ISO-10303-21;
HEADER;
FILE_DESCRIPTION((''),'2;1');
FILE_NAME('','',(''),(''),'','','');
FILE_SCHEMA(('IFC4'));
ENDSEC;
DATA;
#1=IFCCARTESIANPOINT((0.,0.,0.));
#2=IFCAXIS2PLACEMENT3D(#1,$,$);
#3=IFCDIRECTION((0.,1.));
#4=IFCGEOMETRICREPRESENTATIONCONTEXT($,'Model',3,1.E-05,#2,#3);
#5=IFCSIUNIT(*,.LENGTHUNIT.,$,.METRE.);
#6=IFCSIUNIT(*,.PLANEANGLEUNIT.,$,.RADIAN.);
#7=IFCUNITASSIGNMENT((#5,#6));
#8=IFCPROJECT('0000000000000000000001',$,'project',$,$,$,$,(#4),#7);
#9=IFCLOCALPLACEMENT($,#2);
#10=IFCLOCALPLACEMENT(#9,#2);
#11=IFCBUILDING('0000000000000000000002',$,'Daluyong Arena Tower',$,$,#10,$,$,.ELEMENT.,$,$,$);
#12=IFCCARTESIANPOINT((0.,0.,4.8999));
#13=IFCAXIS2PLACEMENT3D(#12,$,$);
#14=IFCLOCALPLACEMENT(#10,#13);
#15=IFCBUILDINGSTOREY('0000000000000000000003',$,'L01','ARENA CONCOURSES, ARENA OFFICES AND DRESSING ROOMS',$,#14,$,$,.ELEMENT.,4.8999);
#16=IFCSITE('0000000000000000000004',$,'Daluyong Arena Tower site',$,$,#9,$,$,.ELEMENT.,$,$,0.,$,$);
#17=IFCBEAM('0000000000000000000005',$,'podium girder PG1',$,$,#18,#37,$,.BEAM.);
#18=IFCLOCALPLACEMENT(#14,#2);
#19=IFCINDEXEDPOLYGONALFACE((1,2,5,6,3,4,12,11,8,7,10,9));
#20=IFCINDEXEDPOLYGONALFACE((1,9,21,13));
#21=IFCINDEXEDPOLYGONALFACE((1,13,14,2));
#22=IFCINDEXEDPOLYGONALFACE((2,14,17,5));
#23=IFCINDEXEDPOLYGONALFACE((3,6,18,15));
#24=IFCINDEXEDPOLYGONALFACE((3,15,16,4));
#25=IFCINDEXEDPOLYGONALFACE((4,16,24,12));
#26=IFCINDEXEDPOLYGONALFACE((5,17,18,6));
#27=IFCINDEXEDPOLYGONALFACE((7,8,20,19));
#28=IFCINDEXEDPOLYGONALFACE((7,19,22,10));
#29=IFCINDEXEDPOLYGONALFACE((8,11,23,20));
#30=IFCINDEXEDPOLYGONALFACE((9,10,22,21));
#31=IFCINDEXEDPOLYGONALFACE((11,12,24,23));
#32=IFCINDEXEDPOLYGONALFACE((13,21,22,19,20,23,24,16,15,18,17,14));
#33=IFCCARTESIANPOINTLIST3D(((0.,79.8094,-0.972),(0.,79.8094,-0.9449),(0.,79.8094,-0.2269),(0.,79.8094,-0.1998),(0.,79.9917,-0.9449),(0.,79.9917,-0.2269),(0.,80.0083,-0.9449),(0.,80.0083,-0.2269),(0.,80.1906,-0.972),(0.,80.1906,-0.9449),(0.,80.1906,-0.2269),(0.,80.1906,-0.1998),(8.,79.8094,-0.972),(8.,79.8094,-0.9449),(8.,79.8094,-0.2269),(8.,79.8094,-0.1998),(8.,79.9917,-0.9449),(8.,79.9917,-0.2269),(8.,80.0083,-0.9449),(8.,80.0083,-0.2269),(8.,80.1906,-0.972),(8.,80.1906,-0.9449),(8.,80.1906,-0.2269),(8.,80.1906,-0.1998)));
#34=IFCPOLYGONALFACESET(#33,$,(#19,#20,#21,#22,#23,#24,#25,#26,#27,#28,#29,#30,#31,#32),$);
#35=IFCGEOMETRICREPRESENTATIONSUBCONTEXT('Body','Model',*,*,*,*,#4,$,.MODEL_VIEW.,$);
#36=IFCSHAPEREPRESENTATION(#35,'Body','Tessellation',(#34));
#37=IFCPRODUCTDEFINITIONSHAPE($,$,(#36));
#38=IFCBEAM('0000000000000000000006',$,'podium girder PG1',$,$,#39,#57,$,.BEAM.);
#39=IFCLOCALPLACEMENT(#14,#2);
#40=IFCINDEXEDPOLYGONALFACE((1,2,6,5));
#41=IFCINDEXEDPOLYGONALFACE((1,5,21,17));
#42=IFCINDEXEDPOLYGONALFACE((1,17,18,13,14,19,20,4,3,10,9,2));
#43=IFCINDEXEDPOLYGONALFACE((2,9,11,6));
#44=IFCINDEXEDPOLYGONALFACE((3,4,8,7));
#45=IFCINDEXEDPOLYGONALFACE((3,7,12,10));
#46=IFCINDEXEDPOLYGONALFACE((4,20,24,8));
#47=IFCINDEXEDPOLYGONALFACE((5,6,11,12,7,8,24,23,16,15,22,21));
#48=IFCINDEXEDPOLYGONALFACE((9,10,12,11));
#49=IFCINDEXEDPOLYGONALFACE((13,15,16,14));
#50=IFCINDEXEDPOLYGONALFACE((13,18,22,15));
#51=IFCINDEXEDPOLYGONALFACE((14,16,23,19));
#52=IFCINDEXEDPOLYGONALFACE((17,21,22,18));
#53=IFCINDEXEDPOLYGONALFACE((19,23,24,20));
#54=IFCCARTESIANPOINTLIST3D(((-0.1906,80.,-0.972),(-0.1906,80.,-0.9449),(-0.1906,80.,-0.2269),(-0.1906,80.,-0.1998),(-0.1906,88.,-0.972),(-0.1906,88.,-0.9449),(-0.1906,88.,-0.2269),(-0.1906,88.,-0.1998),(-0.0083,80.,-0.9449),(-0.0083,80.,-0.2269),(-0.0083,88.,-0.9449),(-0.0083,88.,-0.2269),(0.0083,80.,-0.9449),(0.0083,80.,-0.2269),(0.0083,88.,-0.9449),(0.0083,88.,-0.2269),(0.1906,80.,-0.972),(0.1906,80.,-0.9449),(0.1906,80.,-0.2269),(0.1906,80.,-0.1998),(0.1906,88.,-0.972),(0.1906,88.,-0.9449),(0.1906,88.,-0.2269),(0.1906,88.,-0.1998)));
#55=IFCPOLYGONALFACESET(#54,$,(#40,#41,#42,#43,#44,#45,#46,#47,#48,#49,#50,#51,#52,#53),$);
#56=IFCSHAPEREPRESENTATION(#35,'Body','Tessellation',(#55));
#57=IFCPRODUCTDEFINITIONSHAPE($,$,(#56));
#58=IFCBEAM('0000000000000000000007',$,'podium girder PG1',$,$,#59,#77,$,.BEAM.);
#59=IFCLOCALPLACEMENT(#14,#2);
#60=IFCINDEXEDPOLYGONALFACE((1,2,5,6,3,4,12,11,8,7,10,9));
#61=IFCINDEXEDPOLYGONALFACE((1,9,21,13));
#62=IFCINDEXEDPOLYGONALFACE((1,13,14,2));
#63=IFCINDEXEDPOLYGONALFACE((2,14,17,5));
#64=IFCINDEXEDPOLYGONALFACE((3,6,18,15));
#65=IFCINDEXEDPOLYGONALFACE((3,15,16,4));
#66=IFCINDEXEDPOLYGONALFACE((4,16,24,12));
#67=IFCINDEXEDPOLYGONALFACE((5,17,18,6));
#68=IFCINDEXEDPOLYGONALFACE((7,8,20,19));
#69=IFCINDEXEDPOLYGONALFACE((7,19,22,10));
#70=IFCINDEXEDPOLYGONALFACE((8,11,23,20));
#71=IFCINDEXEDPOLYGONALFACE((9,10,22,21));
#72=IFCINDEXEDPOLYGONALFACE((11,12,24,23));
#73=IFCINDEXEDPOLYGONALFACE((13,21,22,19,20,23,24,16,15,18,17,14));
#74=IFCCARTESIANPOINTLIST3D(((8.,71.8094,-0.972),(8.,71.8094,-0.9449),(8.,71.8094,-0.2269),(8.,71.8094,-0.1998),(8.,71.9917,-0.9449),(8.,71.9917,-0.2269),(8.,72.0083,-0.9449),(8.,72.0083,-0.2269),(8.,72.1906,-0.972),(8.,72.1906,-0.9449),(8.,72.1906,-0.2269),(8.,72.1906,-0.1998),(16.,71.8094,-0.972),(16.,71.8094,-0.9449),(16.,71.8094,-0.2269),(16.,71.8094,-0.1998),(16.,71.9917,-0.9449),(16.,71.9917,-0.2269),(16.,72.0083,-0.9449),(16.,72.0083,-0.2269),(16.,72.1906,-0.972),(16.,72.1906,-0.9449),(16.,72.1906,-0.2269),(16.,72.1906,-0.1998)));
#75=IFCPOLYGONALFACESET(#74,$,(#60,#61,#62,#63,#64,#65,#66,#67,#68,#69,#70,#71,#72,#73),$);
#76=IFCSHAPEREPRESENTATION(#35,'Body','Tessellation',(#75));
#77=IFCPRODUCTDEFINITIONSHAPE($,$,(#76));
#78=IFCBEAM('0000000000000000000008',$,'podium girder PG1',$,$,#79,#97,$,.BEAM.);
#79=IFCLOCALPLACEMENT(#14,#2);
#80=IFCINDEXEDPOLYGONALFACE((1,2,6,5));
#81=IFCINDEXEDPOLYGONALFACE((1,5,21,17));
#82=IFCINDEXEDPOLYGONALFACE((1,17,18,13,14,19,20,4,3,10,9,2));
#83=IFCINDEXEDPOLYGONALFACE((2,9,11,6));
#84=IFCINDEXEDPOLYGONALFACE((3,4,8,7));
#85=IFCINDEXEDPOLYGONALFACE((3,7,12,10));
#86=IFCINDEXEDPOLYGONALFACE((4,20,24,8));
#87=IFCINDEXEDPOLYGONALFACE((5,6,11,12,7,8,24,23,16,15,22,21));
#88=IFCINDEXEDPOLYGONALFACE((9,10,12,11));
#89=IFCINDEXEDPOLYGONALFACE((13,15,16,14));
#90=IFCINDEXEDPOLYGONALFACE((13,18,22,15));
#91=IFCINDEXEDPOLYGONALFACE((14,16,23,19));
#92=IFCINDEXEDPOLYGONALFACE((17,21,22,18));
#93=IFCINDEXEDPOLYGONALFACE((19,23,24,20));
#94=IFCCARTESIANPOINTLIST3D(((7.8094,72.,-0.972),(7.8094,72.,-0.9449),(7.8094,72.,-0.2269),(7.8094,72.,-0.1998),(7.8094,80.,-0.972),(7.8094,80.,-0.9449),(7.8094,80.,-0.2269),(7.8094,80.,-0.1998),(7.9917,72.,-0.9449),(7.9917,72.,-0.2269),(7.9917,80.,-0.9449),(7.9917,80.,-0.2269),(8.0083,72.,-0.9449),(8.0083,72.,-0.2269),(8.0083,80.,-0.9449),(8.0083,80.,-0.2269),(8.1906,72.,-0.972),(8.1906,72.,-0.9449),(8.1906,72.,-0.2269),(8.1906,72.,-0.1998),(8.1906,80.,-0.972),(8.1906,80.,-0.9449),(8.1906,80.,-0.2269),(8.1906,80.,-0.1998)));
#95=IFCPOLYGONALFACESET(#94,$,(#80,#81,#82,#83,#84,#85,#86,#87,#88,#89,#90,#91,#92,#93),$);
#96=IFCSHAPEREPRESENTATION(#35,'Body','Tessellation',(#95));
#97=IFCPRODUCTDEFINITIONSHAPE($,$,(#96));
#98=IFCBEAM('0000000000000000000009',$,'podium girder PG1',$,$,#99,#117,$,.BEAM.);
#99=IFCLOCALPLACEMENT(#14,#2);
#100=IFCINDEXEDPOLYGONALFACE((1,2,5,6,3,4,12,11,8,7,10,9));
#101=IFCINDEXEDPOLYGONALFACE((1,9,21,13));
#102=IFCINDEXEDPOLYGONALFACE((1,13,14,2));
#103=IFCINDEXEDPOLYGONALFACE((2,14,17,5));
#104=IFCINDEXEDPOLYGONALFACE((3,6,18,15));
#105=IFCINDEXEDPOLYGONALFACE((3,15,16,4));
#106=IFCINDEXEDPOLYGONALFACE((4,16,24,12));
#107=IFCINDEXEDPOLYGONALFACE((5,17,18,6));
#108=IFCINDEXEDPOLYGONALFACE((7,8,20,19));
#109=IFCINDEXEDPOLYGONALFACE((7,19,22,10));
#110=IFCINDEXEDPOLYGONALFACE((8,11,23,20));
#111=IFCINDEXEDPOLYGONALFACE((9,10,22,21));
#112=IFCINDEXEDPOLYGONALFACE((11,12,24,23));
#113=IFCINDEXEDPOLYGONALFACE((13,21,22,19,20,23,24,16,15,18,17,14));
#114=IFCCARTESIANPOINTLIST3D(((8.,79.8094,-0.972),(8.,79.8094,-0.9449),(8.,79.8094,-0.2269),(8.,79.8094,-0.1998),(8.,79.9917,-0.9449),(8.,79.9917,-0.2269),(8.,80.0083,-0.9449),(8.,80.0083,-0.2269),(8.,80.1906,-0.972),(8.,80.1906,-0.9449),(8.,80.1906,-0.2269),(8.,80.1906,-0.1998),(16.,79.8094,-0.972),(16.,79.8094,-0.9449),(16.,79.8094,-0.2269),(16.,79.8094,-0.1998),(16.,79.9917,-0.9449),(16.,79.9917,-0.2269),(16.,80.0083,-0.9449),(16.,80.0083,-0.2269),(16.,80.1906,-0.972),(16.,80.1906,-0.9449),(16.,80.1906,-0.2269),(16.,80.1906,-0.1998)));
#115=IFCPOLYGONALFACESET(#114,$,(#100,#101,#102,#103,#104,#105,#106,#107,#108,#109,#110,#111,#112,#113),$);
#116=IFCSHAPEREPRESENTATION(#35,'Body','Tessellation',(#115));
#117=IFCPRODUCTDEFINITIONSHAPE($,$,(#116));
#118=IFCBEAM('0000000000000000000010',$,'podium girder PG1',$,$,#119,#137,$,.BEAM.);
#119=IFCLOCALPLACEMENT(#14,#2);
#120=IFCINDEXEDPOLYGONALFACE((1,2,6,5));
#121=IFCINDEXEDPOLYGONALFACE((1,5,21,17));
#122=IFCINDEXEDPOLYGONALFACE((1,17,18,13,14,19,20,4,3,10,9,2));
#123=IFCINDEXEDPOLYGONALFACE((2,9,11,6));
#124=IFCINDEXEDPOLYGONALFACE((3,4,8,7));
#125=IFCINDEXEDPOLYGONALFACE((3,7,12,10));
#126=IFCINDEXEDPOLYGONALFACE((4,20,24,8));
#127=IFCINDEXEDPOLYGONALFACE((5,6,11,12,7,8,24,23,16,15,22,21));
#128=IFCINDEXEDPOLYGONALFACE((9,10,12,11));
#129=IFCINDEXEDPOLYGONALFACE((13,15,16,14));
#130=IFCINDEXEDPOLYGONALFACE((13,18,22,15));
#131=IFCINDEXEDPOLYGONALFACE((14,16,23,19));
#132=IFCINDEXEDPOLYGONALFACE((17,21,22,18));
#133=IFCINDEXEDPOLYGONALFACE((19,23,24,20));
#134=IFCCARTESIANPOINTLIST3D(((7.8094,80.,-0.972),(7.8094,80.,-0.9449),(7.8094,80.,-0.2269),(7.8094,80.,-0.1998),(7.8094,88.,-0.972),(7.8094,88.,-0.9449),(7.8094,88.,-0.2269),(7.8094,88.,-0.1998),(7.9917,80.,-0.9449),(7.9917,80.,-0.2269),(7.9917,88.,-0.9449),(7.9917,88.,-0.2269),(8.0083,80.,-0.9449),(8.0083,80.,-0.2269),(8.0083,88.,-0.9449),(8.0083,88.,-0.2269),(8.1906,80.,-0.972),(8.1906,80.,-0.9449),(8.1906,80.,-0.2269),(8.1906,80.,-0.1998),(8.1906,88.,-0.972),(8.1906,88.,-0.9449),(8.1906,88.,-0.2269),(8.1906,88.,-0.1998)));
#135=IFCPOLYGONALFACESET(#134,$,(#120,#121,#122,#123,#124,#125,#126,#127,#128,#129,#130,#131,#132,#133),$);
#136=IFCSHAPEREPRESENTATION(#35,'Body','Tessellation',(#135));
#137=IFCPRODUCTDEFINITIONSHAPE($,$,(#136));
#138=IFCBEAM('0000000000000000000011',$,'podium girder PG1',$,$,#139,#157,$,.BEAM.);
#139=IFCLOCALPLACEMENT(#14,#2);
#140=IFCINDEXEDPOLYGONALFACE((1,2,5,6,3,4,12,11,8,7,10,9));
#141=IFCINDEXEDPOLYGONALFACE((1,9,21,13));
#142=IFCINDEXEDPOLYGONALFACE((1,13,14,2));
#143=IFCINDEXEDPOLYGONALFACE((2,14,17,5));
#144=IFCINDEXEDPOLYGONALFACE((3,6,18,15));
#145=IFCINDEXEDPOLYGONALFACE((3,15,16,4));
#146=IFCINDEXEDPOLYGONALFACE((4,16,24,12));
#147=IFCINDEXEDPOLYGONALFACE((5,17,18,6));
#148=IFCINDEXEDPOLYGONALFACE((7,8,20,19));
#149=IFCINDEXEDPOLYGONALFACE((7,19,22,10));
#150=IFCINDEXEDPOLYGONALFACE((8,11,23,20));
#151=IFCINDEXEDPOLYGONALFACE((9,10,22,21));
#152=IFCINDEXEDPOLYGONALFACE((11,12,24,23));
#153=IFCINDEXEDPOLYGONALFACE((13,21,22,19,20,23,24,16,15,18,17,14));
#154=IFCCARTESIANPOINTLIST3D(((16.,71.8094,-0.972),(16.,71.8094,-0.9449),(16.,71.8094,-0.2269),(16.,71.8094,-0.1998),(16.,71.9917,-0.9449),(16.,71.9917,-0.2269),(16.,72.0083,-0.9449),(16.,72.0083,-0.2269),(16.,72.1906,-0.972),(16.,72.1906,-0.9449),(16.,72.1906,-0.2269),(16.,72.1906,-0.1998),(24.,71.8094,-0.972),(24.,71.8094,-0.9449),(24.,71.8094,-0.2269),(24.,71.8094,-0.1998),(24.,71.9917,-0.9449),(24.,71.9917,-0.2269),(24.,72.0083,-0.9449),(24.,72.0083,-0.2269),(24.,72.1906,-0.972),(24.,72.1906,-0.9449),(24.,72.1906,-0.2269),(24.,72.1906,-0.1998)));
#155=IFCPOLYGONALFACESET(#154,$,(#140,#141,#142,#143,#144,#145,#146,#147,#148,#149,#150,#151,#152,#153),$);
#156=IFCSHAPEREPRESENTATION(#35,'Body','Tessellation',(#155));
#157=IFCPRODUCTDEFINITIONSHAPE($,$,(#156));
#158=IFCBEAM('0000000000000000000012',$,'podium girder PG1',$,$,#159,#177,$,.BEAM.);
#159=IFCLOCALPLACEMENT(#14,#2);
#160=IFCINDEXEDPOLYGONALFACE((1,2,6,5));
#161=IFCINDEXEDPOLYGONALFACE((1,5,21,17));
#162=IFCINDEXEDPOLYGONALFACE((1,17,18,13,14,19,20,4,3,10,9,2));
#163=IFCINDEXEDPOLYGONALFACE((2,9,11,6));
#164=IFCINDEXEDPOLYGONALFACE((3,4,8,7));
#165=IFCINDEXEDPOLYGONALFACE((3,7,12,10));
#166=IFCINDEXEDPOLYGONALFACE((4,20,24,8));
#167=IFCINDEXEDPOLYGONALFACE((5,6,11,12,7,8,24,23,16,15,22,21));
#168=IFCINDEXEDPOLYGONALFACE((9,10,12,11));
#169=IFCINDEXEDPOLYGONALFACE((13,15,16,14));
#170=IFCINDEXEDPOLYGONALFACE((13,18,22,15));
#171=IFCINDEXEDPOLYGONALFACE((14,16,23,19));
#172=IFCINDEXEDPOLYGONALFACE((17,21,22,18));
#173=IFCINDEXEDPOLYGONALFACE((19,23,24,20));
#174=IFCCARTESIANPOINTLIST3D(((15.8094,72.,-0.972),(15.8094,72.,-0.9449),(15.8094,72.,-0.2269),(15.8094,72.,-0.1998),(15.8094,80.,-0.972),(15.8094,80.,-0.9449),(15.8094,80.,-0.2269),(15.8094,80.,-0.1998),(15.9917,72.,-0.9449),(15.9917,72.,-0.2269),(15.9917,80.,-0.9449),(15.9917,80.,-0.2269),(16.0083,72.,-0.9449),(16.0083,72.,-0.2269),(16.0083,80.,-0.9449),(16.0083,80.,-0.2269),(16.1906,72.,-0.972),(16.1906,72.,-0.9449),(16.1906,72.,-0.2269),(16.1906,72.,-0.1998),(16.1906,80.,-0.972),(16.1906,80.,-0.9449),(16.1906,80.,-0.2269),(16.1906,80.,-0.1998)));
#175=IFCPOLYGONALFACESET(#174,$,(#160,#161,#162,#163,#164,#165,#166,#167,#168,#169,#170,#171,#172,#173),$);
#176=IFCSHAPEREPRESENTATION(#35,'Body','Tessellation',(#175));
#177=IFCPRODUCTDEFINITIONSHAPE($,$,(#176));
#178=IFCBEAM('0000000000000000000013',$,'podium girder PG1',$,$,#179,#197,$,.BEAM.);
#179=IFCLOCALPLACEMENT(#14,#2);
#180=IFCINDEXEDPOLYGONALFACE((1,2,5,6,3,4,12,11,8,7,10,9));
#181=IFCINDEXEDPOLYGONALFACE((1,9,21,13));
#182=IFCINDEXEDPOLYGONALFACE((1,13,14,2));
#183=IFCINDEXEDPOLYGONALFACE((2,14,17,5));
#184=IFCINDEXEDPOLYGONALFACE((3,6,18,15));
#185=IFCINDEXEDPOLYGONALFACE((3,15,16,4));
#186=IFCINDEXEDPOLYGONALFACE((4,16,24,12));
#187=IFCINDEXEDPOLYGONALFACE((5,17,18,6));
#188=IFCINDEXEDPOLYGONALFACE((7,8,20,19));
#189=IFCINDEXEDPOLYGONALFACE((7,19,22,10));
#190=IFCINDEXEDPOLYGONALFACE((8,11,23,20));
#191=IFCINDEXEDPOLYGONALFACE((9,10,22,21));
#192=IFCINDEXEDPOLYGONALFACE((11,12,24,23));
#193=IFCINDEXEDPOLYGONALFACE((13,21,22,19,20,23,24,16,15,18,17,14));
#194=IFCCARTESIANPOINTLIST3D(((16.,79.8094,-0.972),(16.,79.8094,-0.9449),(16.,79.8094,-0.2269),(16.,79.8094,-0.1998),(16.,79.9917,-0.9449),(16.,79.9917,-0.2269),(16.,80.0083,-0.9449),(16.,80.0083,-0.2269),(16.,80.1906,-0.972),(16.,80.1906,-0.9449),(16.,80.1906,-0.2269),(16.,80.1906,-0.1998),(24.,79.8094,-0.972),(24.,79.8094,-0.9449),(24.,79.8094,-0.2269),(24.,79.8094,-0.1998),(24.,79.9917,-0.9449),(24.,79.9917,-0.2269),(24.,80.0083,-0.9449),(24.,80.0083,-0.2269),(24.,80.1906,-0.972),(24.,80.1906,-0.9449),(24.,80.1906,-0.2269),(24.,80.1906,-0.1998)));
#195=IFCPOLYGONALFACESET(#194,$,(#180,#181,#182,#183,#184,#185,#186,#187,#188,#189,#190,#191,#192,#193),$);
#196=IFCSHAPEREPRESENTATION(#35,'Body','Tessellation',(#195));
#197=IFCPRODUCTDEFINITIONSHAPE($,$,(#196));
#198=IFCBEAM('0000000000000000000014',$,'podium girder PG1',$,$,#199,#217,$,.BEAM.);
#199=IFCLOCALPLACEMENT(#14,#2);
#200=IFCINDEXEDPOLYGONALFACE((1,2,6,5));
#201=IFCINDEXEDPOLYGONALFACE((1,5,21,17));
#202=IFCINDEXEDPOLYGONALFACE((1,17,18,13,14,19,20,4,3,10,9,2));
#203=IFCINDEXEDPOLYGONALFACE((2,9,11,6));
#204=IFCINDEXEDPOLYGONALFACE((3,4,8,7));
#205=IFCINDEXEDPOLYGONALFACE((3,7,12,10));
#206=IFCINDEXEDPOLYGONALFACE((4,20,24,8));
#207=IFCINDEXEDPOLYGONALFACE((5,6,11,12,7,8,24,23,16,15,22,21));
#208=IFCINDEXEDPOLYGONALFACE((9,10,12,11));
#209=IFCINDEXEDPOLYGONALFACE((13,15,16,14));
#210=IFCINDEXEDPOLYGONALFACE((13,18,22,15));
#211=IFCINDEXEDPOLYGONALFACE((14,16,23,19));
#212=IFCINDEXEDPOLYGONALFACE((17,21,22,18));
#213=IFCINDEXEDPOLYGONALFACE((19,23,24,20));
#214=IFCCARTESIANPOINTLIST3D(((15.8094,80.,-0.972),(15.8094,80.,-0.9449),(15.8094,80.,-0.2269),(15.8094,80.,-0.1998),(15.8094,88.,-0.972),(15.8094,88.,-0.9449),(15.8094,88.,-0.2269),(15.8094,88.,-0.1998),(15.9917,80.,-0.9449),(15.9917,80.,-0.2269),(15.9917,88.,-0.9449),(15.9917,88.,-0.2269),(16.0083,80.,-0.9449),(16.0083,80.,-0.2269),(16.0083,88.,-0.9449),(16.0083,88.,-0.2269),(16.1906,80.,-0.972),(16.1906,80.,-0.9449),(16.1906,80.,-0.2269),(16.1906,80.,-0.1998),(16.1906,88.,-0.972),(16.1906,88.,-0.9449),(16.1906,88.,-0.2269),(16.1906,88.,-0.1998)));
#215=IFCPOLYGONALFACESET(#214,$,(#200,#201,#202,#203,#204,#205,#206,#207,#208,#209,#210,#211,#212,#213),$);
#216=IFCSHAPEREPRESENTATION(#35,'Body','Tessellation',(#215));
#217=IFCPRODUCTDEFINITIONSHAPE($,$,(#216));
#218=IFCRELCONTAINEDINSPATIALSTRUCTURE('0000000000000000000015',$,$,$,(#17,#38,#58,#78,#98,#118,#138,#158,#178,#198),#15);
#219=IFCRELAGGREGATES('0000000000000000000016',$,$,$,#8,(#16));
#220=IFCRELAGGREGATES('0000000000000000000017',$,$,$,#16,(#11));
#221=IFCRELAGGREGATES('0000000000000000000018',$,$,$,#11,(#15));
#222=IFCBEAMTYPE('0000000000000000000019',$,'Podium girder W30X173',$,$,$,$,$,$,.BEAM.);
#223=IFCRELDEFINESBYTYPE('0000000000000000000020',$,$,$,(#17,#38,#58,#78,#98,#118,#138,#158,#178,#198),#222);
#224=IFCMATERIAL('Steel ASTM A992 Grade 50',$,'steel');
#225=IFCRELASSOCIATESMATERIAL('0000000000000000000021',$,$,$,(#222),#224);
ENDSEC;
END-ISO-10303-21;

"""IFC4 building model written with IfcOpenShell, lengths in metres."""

from ifc_helpers import new_model, si_unit, direction, frame, origin, origin_2d, place, context, subcontext, project, spatial, i_section, extrude, material, material_profile, profile_set, type_object, element, save


model = new_model("IFC4")

# Units and contexts
model_context = context("Model", 3, precision=1e-05, world=origin(), true_north=direction((0.0, 1.0)))
body_context = subcontext(model_context, "Body", "Model", "MODEL_VIEW")
ifc_project = project(units=[si_unit("LENGTHUNIT", "METRE"), si_unit("PLANEANGLEUNIT", "RADIAN")], contexts=[model_context])

# Site, building, storey
site_placement = place(None, origin())
site = spatial("IfcSite", under=ifc_project, at=site_placement, Name="Daluyong Arena Tower site", CompositionType="ELEMENT", RefElevation=0.0)
building_placement = place(site_placement, origin())
building = spatial("IfcBuilding", under=site, at=building_placement, Name="Daluyong Arena Tower", CompositionType="ELEMENT")
storey_placement = place(building_placement, frame((0.0, 0.0, 4.8999)))
storey = spatial("IfcBuildingStorey", under=building, at=storey_placement, Name="L01", Description="ARENA CONCOURSES, ARENA OFFICES AND DRESSING ROOMS", CompositionType="ELEMENT", Elevation=4.8999)

# Beams
ifc_material_1 = material(Name="Steel ASTM A992 Grade 50", Category="steel")
ifc_material_profile_1 = material_profile(ifc_material_1, i_section(OverallWidth=0.3811, OverallDepth=0.7722, WebThickness=0.0166, FlangeThickness=0.0271, at=origin_2d()))
ifc_profile_set_1 = profile_set([ifc_material_profile_1], Name="Steel ASTM A992 Grade 50")
beam_type_1 = type_object("IfcBeamType", Name="Podium girder W30X173", PredefinedType="BEAM", material=ifc_profile_set_1)
for number, where, z_axis, x_axis, name in (
    (1, (0.0, 80.0, -0.5859), (1.0, 0.0, 0.0), (0.0, 1.0, 0.0), "podium girder PG1"),
    (2, (0.0, 80.0, -0.5859), (0.0, 1.0, 0.0), (-1.0, 0.0, 0.0), "podium girder PG1"),
    (3, (8.0, 72.0, -0.5859), (1.0, 0.0, 0.0), (0.0, 1.0, 0.0), "podium girder PG1"),
    (4, (8.0, 72.0, -0.5859), (0.0, 1.0, 0.0), (-1.0, 0.0, 0.0), "podium girder PG1"),
    (5, (8.0, 80.0, -0.5859), (1.0, 0.0, 0.0), (0.0, 1.0, 0.0), "podium girder PG1"),
    (6, (8.0, 80.0, -0.5859), (0.0, 1.0, 0.0), (-1.0, 0.0, 0.0), "podium girder PG1"),
    (7, (16.0, 72.0, -0.5859), (1.0, 0.0, 0.0), (0.0, 1.0, 0.0), "podium girder PG1"),
    (8, (16.0, 72.0, -0.5859), (0.0, 1.0, 0.0), (-1.0, 0.0, 0.0), "podium girder PG1"),
    (9, (16.0, 80.0, -0.5859), (1.0, 0.0, 0.0), (0.0, 1.0, 0.0), "podium girder PG1"),
    (10, (16.0, 80.0, -0.5859), (0.0, 1.0, 0.0), (-1.0, 0.0, 0.0), "podium girder PG1"),
):
    element("IfcBeam", number, at=place(storey_placement, frame(where, z_axis=z_axis, x_axis=x_axis)), inside=storey, type_object=beam_type_1, Name=name, PredefinedType="BEAM", context=body_context, shape_type="SweptSolid", body=[
        extrude(i_section(OverallWidth=0.3811, OverallDepth=0.7722, WebThickness=0.0166, FlangeThickness=0.0271, at=origin_2d()), origin(), (0.0, 0.0, 1.0), 8.0),
    ])

save(model, "model.ifc")
